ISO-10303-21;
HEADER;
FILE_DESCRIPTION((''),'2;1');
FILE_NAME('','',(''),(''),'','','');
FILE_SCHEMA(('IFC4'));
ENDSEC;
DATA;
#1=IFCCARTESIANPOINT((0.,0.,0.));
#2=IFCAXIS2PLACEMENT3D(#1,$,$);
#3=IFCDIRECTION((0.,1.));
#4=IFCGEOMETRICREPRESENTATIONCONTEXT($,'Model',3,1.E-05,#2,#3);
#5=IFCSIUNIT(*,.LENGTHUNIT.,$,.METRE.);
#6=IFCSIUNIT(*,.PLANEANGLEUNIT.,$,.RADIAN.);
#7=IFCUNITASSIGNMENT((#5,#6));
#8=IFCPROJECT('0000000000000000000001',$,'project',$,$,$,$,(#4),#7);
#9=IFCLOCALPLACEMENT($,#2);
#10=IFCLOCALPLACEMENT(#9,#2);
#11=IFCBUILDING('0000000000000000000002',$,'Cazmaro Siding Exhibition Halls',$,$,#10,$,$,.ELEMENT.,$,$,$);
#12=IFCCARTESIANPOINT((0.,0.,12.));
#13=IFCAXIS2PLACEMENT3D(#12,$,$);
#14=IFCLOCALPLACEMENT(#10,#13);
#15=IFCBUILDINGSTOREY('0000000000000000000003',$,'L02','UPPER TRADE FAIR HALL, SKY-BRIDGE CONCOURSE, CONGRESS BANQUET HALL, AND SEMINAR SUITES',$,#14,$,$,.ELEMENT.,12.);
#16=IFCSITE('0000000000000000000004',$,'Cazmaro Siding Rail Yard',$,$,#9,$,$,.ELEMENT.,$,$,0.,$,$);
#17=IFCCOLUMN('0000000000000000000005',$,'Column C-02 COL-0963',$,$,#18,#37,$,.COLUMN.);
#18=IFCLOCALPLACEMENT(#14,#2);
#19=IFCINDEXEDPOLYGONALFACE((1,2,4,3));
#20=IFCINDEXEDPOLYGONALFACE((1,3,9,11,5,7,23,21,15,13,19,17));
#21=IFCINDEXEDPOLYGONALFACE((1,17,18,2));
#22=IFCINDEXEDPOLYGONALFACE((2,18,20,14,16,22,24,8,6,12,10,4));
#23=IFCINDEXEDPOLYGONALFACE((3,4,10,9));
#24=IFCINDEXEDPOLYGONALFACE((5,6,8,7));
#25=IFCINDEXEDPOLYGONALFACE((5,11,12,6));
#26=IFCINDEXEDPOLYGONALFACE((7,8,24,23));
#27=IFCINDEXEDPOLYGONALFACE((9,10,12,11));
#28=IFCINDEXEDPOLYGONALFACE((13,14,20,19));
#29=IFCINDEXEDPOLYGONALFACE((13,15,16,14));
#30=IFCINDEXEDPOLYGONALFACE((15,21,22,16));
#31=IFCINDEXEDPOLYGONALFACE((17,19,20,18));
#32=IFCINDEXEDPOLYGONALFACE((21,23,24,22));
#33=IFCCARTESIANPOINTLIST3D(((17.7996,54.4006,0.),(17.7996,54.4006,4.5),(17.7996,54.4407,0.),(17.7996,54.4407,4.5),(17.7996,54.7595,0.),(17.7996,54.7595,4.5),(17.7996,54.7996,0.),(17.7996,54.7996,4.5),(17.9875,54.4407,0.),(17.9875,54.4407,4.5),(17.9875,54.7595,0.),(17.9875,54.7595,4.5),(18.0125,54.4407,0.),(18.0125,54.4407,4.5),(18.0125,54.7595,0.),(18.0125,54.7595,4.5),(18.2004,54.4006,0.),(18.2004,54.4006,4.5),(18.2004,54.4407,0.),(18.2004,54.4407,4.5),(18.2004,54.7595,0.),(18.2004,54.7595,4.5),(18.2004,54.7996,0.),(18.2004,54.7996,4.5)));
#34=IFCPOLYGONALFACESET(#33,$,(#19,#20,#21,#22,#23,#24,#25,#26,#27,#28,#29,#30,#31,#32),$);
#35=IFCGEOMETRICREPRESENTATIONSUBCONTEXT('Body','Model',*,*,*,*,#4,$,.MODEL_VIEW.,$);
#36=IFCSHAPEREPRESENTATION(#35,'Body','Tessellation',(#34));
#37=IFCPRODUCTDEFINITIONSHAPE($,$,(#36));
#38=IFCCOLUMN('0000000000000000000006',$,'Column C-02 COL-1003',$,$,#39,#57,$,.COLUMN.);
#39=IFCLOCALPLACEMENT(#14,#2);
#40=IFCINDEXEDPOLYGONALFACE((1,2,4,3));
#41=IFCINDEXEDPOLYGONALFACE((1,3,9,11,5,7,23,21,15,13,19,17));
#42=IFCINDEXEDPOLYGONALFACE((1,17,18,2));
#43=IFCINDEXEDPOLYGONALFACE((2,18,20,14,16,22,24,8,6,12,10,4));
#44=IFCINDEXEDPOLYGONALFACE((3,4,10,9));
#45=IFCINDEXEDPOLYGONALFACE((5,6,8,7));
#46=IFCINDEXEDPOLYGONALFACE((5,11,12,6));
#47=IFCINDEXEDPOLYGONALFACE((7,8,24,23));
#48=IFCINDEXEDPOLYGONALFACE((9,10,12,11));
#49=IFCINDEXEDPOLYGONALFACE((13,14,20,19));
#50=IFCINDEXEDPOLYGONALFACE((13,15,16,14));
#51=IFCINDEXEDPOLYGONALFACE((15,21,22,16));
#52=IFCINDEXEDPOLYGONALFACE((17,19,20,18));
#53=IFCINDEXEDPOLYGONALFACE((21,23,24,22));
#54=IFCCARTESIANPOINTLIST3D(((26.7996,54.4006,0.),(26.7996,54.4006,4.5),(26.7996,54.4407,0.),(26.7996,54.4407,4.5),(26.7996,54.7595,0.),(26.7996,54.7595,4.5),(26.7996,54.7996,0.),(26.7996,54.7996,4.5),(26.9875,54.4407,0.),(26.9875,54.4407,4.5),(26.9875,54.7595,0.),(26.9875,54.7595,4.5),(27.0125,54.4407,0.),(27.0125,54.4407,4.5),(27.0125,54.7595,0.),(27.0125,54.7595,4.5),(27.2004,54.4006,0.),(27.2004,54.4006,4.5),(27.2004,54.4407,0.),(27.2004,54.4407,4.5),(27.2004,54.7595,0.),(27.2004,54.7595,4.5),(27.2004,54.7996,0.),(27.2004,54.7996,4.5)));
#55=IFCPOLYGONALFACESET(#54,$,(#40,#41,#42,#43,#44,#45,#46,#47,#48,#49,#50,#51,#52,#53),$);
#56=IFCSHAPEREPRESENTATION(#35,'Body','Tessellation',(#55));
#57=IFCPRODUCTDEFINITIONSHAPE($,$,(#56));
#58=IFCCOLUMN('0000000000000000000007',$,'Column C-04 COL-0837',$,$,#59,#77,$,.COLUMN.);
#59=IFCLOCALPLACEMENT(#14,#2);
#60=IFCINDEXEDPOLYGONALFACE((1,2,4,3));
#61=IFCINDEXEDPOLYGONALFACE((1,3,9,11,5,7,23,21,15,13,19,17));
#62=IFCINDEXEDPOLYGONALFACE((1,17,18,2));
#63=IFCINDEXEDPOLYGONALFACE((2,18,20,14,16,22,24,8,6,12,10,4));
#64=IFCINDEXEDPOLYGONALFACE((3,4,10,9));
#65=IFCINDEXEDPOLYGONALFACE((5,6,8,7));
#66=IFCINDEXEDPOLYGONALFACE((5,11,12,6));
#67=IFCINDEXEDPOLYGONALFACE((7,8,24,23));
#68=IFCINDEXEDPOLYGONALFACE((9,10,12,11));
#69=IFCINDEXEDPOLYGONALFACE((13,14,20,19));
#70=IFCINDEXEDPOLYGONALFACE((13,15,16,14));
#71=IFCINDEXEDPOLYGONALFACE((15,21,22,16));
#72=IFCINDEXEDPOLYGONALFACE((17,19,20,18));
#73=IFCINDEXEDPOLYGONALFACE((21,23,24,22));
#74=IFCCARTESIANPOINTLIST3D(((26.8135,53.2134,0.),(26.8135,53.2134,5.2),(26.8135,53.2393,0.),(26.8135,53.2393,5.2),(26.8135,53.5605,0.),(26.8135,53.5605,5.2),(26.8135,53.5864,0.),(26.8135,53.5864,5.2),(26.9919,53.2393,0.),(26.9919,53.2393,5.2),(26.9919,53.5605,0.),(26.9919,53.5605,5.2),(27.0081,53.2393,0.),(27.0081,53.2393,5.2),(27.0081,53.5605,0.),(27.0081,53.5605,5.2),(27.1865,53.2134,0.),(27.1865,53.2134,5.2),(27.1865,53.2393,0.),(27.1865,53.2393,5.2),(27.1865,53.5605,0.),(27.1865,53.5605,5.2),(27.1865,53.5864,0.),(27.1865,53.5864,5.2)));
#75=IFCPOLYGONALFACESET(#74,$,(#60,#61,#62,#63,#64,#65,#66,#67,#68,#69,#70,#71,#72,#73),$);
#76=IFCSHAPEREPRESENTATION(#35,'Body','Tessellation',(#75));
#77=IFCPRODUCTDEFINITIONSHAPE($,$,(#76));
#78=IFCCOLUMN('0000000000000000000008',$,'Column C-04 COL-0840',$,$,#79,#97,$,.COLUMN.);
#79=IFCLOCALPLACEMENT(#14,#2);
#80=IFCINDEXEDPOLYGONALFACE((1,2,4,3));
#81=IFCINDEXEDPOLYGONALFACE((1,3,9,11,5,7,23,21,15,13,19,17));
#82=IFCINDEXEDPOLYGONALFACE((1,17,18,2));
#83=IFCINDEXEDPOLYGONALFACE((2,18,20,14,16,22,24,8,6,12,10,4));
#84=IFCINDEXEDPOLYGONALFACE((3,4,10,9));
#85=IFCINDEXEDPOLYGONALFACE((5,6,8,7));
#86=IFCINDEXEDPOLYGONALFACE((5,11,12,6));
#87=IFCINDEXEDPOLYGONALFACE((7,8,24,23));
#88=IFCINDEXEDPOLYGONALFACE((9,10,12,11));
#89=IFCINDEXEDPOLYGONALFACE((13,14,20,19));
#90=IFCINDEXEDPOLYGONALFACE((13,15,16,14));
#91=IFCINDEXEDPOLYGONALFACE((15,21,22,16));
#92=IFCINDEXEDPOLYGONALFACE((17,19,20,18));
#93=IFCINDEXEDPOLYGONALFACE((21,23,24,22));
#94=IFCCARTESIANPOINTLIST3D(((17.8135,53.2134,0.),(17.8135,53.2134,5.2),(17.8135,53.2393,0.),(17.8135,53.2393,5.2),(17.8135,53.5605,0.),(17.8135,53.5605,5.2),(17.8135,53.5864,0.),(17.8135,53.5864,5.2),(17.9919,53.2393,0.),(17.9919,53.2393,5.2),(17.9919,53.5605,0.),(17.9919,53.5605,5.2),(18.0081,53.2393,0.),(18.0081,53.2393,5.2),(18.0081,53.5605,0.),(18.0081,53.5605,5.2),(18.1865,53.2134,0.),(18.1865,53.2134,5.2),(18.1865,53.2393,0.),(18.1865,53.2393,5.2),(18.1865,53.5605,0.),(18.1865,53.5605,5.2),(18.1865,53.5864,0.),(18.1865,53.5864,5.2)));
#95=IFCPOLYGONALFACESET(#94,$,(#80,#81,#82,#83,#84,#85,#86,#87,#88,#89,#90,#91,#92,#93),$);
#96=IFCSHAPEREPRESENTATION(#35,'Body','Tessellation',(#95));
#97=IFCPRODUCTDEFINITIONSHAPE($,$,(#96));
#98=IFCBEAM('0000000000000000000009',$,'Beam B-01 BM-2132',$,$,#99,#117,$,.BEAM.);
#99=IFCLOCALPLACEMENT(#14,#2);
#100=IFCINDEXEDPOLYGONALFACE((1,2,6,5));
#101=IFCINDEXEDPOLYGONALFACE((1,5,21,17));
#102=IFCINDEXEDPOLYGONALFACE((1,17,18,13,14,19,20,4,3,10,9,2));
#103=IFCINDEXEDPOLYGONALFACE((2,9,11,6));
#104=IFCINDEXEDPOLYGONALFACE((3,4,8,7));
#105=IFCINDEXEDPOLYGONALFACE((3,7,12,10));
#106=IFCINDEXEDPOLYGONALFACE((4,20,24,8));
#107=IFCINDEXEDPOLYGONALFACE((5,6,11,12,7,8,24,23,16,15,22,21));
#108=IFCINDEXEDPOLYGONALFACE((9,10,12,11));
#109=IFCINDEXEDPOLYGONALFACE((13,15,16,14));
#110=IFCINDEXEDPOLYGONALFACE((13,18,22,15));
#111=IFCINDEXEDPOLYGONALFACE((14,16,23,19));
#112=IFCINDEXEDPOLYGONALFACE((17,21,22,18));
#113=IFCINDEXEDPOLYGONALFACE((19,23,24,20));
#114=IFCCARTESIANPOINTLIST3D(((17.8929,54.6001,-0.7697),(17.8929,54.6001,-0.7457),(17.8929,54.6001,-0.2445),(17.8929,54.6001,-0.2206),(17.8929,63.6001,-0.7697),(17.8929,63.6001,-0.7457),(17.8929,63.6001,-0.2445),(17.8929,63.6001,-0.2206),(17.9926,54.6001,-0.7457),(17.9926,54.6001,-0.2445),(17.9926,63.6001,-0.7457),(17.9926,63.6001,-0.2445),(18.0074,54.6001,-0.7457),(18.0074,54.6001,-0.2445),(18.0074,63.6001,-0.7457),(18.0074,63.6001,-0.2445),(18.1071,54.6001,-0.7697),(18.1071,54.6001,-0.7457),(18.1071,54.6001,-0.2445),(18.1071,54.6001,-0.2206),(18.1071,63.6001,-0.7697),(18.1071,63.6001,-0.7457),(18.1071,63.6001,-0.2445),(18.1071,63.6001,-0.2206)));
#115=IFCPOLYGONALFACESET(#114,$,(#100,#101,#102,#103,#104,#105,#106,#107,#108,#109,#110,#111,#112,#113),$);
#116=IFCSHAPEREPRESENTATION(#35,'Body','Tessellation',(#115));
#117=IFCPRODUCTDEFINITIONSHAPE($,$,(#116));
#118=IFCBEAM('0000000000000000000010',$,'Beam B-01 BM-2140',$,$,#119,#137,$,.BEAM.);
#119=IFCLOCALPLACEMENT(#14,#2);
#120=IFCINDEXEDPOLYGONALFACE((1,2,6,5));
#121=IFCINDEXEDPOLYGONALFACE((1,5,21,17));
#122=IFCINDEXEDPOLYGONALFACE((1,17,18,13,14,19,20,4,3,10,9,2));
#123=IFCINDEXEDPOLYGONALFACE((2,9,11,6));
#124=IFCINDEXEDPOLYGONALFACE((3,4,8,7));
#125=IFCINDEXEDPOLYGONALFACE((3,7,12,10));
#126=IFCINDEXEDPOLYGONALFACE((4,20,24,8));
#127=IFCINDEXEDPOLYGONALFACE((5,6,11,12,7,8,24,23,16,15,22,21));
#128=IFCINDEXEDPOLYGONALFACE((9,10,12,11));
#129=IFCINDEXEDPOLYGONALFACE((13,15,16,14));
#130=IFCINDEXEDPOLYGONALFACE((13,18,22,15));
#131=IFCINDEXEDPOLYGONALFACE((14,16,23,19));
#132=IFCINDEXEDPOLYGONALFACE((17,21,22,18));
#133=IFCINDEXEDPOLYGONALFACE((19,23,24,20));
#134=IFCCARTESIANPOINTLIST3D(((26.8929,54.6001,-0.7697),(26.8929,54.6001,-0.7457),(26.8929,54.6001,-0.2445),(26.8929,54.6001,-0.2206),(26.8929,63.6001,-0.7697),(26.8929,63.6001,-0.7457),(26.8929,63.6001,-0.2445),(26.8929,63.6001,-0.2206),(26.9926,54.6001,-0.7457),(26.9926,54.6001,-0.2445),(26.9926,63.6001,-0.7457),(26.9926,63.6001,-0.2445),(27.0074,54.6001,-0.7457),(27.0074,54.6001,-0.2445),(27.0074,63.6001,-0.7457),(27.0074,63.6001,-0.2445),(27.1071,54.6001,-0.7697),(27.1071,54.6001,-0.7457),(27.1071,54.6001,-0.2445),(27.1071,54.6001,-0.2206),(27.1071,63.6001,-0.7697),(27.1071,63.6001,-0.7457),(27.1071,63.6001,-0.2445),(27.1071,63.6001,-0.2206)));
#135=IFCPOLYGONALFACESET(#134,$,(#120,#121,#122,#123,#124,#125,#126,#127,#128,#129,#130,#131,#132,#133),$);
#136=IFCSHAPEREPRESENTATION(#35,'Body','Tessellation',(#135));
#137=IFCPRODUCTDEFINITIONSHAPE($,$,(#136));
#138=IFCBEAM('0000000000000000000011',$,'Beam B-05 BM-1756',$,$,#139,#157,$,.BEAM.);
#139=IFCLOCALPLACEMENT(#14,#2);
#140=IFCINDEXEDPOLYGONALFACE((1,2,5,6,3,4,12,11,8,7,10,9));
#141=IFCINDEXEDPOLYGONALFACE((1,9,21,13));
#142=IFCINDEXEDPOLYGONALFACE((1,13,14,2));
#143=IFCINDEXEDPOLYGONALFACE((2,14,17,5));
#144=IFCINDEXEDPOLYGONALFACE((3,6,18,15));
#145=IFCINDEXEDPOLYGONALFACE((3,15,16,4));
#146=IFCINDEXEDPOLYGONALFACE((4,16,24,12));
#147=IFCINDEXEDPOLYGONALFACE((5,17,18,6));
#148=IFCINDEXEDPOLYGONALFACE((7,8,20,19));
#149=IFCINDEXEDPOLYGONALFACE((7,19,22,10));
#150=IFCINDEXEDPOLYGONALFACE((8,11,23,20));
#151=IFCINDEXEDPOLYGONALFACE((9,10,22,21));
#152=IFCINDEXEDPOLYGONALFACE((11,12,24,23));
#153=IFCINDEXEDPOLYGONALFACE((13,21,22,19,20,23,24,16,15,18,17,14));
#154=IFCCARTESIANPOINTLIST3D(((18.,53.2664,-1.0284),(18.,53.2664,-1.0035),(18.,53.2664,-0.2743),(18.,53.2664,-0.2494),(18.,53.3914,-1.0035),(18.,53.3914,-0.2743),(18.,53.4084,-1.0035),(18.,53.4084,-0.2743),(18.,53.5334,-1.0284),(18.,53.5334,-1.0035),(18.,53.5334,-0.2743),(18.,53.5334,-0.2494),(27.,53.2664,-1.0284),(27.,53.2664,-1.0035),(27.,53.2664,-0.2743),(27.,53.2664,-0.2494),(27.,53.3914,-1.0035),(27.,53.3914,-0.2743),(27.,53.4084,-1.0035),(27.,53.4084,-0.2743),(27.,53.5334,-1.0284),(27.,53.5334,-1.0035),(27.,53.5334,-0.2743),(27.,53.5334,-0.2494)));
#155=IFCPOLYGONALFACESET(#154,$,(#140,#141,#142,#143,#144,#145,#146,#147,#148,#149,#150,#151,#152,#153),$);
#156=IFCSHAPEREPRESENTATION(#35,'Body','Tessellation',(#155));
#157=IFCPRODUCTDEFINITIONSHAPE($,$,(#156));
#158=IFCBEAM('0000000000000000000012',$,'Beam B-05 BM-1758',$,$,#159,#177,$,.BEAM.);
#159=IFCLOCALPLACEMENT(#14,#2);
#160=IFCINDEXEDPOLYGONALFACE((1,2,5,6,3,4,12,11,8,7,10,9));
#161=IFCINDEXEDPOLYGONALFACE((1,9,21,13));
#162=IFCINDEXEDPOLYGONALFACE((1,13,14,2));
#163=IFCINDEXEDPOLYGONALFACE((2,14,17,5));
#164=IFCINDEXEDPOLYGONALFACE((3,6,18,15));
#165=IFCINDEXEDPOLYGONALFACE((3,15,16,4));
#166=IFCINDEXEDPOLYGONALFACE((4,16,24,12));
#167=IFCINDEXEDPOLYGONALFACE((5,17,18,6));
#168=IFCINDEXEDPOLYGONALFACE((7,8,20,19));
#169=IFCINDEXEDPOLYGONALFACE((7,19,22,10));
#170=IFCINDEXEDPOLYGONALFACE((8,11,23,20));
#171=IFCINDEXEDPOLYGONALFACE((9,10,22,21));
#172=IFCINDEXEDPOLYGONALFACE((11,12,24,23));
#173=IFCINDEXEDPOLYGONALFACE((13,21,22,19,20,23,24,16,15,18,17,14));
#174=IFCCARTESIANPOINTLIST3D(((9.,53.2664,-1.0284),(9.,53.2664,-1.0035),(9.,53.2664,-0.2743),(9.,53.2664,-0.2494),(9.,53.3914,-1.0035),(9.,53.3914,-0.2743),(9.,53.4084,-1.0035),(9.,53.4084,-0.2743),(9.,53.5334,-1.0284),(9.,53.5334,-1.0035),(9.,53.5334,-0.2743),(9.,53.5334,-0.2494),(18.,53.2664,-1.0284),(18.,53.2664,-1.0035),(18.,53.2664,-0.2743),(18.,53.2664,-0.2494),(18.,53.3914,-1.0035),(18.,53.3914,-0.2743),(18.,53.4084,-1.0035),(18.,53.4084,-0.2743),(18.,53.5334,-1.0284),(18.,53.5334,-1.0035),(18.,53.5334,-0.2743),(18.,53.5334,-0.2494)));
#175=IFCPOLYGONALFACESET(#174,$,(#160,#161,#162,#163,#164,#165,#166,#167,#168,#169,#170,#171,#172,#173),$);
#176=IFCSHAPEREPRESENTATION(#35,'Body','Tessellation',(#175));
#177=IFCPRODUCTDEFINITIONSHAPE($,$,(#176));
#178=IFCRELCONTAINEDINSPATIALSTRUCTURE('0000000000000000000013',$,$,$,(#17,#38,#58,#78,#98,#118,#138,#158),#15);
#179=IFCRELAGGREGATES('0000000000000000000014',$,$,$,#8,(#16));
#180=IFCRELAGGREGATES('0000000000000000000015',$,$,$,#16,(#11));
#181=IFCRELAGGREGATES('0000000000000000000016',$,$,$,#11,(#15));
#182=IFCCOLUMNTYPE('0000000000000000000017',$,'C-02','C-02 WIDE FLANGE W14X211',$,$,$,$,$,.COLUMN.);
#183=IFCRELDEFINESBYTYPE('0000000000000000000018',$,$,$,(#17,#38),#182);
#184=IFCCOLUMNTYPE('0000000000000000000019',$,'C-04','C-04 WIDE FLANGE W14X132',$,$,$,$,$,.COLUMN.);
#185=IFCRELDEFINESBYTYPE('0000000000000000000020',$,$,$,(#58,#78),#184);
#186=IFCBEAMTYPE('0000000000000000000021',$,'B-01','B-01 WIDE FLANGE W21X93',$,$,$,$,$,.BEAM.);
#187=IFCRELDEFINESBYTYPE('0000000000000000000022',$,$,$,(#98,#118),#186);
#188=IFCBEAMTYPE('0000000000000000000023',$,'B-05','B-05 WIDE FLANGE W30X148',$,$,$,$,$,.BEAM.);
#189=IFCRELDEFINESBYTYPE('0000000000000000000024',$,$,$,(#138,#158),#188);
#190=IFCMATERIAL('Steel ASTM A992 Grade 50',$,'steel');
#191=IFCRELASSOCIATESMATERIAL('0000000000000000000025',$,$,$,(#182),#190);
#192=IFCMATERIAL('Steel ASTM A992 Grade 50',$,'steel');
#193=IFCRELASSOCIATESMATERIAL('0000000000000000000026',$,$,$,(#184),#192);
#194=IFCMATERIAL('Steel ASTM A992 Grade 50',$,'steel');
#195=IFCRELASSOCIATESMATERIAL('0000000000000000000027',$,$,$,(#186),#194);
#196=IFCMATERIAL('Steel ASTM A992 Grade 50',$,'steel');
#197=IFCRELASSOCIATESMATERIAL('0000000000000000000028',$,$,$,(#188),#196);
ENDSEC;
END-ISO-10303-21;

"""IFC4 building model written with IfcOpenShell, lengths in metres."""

from ifc_helpers import new_model, si_unit, direction, frame, origin, origin_2d, place, context, subcontext, project, spatial, i_section, extrude, material, material_profile, profile_set, type_object, element, save


model = new_model("IFC4")

# Units and contexts
model_context = context("Model", 3, precision=1e-05, world=origin(), true_north=direction((0.0, 1.0)))
body_context = subcontext(model_context, "Body", "Model", "MODEL_VIEW")
ifc_project = project(units=[si_unit("LENGTHUNIT", "METRE"), si_unit("PLANEANGLEUNIT", "RADIAN")], contexts=[model_context])

# Site, building, storey
site_placement = place(None, origin())
site = spatial("IfcSite", under=ifc_project, at=site_placement, Name="Cazmaro Siding Rail Yard", CompositionType="ELEMENT", RefElevation=0.0)
building_placement = place(site_placement, origin())
building = spatial("IfcBuilding", under=site, at=building_placement, Name="Cazmaro Siding Exhibition Halls", CompositionType="ELEMENT")
storey_placement = place(building_placement, frame((0.0, 0.0, 12.0)))
storey = spatial("IfcBuildingStorey", under=building, at=storey_placement, Name="L02", Description="UPPER TRADE FAIR HALL, SKY-BRIDGE CONCOURSE, CONGRESS BANQUET HALL, AND SEMINAR SUITES", CompositionType="ELEMENT", Elevation=12.0)

# Columns
ifc_material_1 = material(Name="Steel ASTM A992 Grade 50", Category="steel")
ifc_material_profile_1 = material_profile(ifc_material_1, i_section(OverallWidth=0.4009, OverallDepth=0.3989, WebThickness=0.0249, FlangeThickness=0.04, at=origin_2d()), Name="W14X211")
ifc_profile_set_1 = profile_set([ifc_material_profile_1], Name="Steel ASTM A992 Grade 50")
column_type_1 = type_object("IfcColumnType", Name="C-02", Description="C-02 WIDE FLANGE W14X211", PredefinedType="COLUMN", material=ifc_profile_set_1)
for number, where, z_axis, x_axis, name in (
    (1, (18.0, 54.6001, 0.0), (0.0, 0.0, 1.0), (1.0, 0.0, 0.0), "Column C-02 COL-0963"),
    (2, (27.0, 54.6001, 0.0), (0.0, 0.0, 1.0), (1.0, 0.0, 0.0), "Column C-02 COL-1003"),
):
    element("IfcColumn", number, at=place(storey_placement, frame(where, z_axis=z_axis, x_axis=x_axis)), inside=storey, type_object=column_type_1, Name=name, PredefinedType="COLUMN", context=body_context, shape_type="SweptSolid", body=[
        extrude(i_section(OverallWidth=0.4009, OverallDepth=0.3989, WebThickness=0.0249, FlangeThickness=0.04, at=origin_2d()), origin(), (0.0, 0.0, 1.0), 4.5),
    ])
ifc_material_2 = material(Name="Steel ASTM A992 Grade 50", Category="steel")
ifc_material_profile_2 = material_profile(ifc_material_2, i_section(OverallWidth=0.373, OverallDepth=0.373, WebThickness=0.0161, FlangeThickness=0.0259, at=origin_2d()), Name="W14X132")
ifc_profile_set_2 = profile_set([ifc_material_profile_2], Name="Steel ASTM A992 Grade 50")
column_type_2 = type_object("IfcColumnType", Name="C-04", Description="C-04 WIDE FLANGE W14X132", PredefinedType="COLUMN", material=ifc_profile_set_2)
for number, where, z_axis, x_axis, name in (
    (3, (27.0, 53.3999, 0.0), (0.0, 0.0, 1.0), (1.0, 0.0, 0.0), "Column C-04 COL-0837"),
    (4, (18.0, 53.3999, 0.0), (0.0, 0.0, 1.0), (1.0, 0.0, 0.0), "Column C-04 COL-0840"),
):
    element("IfcColumn", number, at=place(storey_placement, frame(where, z_axis=z_axis, x_axis=x_axis)), inside=storey, type_object=column_type_2, Name=name, PredefinedType="COLUMN", context=body_context, shape_type="SweptSolid", body=[
        extrude(i_section(OverallWidth=0.373, OverallDepth=0.373, WebThickness=0.0161, FlangeThickness=0.0259, at=origin_2d()), origin(), (0.0, 0.0, 1.0), 5.2),
    ])

# Beams
ifc_material_3 = material(Name="Steel ASTM A992 Grade 50", Category="steel")
ifc_material_profile_3 = material_profile(ifc_material_3, i_section(OverallWidth=0.2141, OverallDepth=0.5491, WebThickness=0.0149, FlangeThickness=0.0239, at=origin_2d()), Name="W21X93")
ifc_profile_set_3 = profile_set([ifc_material_profile_3], Name="Steel ASTM A992 Grade 50")
beam_type_1 = type_object("IfcBeamType", Name="B-01", Description="B-01 WIDE FLANGE W21X93", PredefinedType="BEAM", material=ifc_profile_set_3)
for number, where, z_axis, x_axis, name in (
    (5, (18.0, 54.6001, -0.4951), (0.0, 1.0, 0.0), (-1.0, 0.0, 0.0), "Beam B-01 BM-2132"),
    (6, (27.0, 54.6001, -0.4951), (0.0, 1.0, 0.0), (-1.0, 0.0, 0.0), "Beam B-01 BM-2140"),
):
    element("IfcBeam", number, at=place(storey_placement, frame(where, z_axis=z_axis, x_axis=x_axis)), inside=storey, type_object=beam_type_1, Name=name, PredefinedType="BEAM", context=body_context, shape_type="SweptSolid", body=[
        extrude(i_section(OverallWidth=0.2141, OverallDepth=0.5491, WebThickness=0.0149, FlangeThickness=0.0239, at=origin_2d()), origin(), (0.0, 0.0, 1.0), 9.0),
    ])
ifc_material_4 = material(Name="Steel ASTM A992 Grade 50", Category="steel")
ifc_material_profile_4 = material_profile(ifc_material_4, i_section(OverallWidth=0.2671, OverallDepth=0.7791, WebThickness=0.0171, FlangeThickness=0.0249, at=origin_2d()), Name="W30X148")
ifc_profile_set_4 = profile_set([ifc_material_profile_4], Name="Steel ASTM A992 Grade 50")
beam_type_2 = type_object("IfcBeamType", Name="B-05", Description="B-05 WIDE FLANGE W30X148", PredefinedType="BEAM", material=ifc_profile_set_4)
for number, where, z_axis, x_axis, name in (
    (7, (27.0, 53.3999, -0.6389), (-1.0, 0.0, 0.0), (0.0, -1.0, 0.0), "Beam B-05 BM-1756"),
    (8, (18.0, 53.3999, -0.6389), (-1.0, 0.0, 0.0), (0.0, -1.0, 0.0), "Beam B-05 BM-1758"),
):
    element("IfcBeam", number, at=place(storey_placement, frame(where, z_axis=z_axis, x_axis=x_axis)), inside=storey, type_object=beam_type_2, Name=name, PredefinedType="BEAM", context=body_context, shape_type="SweptSolid", body=[
        extrude(i_section(OverallWidth=0.2671, OverallDepth=0.7791, WebThickness=0.0171, FlangeThickness=0.0249, at=origin_2d()), origin(), (0.0, 0.0, 1.0), 9.0),
    ])

save(model, "model.ifc")
